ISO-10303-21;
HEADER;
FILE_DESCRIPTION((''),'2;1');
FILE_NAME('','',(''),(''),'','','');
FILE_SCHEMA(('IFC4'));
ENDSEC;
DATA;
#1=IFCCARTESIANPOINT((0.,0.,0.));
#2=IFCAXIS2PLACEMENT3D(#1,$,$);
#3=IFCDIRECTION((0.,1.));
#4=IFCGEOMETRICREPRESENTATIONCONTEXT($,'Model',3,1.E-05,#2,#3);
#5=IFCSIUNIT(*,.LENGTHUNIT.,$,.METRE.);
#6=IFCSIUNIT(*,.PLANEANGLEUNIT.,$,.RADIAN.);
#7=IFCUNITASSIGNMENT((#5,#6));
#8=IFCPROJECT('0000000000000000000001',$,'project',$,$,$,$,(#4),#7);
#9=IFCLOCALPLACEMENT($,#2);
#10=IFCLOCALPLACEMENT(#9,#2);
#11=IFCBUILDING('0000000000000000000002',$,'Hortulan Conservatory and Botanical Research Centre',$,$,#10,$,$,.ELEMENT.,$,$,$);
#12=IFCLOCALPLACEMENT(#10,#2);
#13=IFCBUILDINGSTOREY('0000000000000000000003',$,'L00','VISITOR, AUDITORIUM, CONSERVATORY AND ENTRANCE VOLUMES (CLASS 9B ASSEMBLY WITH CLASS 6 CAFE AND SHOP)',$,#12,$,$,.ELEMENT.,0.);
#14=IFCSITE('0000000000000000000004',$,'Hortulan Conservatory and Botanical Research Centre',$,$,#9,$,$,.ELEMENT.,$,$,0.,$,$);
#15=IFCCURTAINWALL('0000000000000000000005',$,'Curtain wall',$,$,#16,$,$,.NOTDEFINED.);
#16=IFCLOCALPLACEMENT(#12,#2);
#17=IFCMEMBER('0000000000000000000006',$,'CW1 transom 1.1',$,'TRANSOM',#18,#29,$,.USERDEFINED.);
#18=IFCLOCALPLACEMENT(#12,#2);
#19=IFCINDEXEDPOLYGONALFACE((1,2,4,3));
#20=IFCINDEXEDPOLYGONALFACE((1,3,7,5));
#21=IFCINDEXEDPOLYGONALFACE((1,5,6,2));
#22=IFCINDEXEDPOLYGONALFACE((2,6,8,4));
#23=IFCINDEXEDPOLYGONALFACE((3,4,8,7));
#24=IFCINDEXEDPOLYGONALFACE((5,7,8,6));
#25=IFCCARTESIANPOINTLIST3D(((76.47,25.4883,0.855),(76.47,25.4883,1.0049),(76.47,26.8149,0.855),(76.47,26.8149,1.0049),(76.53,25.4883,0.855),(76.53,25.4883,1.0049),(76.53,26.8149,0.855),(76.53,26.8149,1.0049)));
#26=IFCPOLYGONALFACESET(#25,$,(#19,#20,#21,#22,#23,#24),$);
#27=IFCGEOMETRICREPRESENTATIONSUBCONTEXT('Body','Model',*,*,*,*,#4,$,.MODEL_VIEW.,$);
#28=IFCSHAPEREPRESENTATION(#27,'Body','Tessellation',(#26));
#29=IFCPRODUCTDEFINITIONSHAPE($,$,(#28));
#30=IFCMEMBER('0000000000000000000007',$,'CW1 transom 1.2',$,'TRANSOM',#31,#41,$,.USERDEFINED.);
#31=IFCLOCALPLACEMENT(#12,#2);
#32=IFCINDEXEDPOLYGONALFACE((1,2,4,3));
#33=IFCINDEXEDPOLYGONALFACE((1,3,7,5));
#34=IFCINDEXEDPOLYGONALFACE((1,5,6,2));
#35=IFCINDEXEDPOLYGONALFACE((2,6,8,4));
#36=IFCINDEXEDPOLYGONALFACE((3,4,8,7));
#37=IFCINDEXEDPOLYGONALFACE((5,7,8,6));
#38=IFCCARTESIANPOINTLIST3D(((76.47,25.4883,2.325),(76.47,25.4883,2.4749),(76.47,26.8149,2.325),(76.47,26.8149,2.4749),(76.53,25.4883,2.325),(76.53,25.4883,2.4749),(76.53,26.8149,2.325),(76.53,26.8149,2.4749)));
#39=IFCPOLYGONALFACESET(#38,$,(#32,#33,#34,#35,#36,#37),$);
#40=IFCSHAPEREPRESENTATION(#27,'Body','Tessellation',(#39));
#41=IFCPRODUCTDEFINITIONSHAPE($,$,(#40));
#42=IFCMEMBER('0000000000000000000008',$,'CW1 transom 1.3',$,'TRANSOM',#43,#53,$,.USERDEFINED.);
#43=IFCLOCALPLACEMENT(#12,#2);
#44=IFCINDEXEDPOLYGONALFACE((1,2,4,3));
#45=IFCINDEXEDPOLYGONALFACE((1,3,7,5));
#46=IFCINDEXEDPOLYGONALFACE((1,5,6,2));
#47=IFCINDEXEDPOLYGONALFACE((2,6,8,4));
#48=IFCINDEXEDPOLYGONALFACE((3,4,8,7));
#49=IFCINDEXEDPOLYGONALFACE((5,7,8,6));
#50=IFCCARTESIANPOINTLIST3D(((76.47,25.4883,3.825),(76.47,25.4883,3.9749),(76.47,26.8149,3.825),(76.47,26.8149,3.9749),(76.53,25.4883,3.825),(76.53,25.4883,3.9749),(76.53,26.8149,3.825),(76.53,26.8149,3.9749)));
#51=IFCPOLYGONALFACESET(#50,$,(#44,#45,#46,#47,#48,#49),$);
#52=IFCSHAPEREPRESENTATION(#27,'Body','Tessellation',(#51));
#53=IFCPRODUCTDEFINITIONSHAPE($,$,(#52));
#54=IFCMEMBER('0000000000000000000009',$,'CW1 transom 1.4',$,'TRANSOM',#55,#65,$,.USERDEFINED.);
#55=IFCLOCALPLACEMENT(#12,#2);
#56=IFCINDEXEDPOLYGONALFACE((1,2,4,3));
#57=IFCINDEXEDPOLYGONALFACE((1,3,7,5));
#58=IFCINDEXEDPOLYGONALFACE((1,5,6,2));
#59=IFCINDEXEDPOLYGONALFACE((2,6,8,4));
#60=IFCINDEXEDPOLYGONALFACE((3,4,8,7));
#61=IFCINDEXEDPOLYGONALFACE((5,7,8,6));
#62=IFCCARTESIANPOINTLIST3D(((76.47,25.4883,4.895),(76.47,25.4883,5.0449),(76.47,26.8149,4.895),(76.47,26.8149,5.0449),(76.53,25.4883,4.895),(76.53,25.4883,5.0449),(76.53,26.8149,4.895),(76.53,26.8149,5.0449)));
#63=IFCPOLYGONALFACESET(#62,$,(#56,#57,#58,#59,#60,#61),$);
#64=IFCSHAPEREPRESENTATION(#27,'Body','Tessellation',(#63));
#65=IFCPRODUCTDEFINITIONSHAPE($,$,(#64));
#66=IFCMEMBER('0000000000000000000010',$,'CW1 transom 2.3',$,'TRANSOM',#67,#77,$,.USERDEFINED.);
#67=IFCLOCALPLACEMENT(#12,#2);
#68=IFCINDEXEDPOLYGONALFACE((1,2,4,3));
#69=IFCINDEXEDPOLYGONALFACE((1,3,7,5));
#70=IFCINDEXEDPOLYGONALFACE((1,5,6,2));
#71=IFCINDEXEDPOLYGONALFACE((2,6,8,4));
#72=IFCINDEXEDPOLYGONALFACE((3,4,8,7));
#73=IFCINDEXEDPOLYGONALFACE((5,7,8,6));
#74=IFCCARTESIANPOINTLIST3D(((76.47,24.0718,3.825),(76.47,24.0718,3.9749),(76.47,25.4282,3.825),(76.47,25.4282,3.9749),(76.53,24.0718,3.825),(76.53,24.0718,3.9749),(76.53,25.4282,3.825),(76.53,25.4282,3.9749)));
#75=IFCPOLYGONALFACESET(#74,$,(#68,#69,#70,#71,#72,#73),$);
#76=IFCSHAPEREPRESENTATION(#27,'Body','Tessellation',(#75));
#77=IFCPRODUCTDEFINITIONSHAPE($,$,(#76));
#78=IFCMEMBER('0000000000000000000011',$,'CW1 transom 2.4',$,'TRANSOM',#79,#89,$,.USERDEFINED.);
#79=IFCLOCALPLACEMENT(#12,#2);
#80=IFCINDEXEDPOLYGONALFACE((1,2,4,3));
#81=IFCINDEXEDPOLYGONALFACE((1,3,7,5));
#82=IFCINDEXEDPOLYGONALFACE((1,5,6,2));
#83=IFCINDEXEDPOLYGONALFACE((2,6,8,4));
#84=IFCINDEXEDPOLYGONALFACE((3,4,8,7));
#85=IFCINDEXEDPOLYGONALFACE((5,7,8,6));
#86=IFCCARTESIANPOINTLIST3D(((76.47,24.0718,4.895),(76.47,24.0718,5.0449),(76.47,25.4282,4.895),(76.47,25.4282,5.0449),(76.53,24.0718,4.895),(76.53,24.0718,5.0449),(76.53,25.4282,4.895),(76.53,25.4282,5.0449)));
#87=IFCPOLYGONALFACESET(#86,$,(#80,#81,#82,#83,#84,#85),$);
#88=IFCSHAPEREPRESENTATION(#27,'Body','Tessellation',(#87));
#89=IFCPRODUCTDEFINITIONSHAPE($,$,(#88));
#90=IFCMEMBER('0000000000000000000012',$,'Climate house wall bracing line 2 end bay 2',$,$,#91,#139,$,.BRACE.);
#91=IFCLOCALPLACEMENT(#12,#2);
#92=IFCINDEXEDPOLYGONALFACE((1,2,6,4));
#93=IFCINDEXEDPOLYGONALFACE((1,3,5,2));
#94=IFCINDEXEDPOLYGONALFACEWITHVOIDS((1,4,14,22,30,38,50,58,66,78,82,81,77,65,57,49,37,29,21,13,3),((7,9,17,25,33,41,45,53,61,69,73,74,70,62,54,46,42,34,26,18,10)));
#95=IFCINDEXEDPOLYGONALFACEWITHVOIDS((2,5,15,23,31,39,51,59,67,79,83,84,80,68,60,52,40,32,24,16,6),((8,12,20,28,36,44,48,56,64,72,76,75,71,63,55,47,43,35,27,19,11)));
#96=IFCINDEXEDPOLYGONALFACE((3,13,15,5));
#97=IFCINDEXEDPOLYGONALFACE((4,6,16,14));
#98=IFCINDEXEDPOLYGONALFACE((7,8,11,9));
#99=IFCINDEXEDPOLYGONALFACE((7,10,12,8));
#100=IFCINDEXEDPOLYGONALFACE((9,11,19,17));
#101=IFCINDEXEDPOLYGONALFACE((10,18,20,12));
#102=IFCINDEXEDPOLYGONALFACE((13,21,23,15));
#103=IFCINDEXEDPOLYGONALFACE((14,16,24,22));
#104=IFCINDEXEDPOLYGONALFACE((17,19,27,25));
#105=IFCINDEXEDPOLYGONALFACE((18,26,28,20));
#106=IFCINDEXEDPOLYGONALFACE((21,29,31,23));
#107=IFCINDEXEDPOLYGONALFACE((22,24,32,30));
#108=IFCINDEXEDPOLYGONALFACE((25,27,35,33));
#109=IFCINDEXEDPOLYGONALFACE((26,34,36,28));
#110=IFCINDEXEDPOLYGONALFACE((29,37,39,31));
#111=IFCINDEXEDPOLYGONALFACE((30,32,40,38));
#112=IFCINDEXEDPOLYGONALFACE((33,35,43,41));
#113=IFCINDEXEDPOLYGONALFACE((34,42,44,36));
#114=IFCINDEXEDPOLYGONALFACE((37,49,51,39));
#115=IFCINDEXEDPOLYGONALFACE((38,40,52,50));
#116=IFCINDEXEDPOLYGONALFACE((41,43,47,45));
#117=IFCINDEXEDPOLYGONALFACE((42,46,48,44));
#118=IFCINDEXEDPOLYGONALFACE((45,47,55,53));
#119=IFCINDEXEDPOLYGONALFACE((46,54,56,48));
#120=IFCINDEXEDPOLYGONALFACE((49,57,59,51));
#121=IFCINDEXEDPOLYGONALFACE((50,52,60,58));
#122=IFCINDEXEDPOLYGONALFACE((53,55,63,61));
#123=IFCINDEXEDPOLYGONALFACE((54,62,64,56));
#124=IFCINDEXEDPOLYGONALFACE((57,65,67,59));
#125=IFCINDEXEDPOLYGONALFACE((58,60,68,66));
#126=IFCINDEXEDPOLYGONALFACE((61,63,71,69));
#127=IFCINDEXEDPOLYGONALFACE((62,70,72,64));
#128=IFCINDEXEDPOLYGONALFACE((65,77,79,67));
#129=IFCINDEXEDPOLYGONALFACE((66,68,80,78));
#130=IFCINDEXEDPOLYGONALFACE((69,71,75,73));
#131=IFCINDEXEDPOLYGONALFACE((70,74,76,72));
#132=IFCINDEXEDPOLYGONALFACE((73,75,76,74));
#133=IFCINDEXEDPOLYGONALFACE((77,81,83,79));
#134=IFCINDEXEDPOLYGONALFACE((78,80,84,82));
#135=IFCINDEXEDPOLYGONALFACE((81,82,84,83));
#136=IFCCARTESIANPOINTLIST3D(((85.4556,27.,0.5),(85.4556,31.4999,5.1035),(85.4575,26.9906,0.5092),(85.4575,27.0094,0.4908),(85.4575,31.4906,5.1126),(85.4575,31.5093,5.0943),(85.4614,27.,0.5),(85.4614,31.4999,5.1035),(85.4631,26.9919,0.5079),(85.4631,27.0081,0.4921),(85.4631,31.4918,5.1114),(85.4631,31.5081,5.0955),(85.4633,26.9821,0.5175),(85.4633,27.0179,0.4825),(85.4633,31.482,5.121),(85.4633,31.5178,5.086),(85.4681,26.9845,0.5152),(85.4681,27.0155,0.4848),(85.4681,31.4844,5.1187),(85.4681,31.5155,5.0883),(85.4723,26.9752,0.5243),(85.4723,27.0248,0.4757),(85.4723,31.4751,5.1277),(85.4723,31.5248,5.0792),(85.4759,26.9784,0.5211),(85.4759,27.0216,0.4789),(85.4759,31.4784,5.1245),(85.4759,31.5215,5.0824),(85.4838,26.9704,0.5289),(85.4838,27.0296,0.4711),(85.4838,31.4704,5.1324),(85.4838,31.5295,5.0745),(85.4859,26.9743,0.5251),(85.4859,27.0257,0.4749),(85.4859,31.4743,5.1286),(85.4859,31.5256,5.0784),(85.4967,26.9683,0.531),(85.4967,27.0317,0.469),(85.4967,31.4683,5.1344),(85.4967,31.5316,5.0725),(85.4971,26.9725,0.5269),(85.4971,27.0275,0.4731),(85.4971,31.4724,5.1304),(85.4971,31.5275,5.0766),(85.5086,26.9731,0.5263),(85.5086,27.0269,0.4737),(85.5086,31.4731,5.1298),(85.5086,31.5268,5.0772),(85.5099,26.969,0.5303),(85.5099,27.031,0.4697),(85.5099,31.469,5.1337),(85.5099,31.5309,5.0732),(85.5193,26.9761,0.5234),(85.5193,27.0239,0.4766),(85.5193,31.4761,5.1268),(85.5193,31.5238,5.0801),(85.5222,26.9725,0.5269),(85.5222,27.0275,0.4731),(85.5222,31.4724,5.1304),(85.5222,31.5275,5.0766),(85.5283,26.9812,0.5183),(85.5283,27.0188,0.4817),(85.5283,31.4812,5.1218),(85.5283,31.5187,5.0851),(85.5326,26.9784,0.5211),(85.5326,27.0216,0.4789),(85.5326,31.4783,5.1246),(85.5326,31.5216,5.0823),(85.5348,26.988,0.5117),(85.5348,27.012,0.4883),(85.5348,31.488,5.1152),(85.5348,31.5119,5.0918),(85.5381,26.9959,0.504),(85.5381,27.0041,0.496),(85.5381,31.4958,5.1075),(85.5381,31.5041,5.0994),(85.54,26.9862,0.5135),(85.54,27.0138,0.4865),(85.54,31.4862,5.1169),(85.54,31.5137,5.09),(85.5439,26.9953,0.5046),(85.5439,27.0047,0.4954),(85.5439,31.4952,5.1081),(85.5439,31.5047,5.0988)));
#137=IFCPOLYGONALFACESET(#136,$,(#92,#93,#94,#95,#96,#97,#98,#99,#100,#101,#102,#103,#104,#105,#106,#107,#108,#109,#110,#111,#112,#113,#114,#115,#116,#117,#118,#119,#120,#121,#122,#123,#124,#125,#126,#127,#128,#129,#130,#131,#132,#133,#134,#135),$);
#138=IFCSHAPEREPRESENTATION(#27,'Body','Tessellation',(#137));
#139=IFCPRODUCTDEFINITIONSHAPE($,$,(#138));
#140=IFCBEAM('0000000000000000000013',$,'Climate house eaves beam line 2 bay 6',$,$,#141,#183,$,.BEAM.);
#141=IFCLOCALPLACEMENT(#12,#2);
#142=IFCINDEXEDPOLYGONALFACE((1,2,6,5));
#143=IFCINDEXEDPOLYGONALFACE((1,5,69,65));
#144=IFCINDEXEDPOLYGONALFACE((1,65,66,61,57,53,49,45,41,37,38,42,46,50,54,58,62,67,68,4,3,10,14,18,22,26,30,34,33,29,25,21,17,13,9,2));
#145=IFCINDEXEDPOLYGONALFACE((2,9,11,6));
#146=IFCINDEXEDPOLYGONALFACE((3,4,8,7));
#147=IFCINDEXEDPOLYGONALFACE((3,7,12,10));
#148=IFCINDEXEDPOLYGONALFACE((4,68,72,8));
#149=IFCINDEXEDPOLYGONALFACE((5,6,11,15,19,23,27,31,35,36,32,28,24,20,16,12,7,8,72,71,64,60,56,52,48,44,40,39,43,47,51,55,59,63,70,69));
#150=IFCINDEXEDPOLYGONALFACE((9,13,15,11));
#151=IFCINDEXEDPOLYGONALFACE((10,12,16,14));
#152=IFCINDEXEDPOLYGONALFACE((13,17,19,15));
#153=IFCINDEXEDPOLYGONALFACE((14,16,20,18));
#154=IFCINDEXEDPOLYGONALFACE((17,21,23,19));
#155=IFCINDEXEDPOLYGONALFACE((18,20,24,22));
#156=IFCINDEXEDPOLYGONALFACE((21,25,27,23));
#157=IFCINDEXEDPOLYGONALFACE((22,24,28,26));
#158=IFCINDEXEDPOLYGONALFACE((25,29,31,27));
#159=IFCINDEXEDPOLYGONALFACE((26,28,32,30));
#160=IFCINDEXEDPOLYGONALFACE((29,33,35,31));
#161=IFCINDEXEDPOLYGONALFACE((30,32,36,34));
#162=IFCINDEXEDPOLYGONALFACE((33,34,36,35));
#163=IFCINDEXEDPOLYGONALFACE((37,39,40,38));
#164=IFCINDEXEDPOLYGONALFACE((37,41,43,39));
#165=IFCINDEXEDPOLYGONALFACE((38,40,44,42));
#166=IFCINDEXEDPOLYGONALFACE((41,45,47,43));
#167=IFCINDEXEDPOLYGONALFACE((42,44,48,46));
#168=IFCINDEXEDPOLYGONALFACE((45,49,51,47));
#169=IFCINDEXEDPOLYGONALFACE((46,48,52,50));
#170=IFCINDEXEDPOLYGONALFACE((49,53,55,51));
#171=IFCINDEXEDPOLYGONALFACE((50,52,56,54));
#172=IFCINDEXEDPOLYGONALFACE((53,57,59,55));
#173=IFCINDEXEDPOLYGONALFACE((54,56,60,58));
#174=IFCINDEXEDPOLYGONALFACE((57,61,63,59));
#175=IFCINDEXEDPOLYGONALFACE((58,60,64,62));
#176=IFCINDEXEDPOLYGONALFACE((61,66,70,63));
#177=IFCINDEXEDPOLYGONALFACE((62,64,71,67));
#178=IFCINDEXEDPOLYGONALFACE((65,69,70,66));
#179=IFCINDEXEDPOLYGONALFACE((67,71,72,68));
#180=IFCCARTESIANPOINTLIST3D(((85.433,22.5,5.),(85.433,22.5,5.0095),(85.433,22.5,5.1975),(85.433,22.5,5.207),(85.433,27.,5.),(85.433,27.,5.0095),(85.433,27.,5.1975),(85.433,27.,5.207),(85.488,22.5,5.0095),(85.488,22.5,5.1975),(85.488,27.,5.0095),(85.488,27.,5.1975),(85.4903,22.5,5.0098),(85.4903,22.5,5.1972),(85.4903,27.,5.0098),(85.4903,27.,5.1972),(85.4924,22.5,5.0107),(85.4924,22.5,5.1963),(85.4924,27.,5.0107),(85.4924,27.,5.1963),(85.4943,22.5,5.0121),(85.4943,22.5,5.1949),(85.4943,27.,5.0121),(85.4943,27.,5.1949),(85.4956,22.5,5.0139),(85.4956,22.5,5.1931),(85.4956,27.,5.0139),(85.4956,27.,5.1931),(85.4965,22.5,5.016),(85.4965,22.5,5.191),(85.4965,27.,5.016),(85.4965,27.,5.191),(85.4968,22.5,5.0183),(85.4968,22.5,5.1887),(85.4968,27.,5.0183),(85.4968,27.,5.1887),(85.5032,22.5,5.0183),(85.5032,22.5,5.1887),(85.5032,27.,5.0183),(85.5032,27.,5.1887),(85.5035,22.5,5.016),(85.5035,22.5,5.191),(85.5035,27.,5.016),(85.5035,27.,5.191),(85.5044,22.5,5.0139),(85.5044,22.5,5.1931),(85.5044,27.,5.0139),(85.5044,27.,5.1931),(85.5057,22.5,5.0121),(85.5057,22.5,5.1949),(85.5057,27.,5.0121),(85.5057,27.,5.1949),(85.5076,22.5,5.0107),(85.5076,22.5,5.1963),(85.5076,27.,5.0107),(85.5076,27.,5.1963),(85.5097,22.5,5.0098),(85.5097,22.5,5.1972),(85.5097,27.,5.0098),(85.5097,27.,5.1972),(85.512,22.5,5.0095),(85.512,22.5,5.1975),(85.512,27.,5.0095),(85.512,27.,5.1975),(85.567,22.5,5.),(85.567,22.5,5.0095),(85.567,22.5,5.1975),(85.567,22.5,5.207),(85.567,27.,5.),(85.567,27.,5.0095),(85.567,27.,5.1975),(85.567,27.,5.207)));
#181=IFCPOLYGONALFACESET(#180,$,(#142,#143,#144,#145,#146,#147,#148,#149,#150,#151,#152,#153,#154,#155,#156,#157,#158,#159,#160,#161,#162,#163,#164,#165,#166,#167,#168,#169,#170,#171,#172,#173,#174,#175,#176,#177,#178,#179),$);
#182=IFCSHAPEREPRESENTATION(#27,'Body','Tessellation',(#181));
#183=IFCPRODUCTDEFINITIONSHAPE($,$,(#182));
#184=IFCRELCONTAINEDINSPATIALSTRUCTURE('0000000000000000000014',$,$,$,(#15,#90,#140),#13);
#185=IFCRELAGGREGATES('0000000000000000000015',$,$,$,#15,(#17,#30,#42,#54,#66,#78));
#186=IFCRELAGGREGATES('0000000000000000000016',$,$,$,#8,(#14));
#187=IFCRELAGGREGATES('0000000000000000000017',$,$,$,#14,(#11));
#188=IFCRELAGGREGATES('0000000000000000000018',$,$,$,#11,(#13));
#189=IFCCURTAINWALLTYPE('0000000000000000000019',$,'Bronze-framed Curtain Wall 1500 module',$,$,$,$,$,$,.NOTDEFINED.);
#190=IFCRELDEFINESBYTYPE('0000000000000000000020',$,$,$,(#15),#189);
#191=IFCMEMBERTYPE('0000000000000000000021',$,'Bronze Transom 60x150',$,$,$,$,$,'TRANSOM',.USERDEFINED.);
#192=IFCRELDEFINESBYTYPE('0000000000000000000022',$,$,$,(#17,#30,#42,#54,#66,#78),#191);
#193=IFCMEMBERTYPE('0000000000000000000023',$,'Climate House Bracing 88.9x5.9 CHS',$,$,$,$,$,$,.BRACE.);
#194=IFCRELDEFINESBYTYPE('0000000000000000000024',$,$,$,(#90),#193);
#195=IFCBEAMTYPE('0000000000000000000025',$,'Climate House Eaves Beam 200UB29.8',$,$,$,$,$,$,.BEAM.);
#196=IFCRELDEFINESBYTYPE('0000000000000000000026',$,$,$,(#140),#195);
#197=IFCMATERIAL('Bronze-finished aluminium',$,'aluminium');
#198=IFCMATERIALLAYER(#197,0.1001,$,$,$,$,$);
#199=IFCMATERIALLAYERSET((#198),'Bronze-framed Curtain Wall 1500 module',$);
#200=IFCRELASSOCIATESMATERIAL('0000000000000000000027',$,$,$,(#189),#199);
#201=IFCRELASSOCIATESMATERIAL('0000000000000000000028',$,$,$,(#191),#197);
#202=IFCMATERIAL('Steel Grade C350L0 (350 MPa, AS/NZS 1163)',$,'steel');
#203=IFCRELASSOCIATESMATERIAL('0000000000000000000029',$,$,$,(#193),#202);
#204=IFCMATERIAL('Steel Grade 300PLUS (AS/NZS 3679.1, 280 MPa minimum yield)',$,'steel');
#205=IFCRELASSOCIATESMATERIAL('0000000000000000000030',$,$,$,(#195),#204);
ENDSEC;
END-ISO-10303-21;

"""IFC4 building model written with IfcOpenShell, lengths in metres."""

from ifc_helpers import new_model, si_unit, direction, frame, origin, origin_2d, place, context, subcontext, project, spatial, rectangle, hollow_circle, i_section, extrude, material, layer, layer_set, material_profile, profile_set, type_object, element, aggregate, save


model = new_model("IFC4")

# Units and contexts
model_context = context("Model", 3, precision=1e-05, world=origin(), true_north=direction((0.0, 1.0)))
body_context = subcontext(model_context, "Body", "Model", "MODEL_VIEW")
ifc_project = project(units=[si_unit("LENGTHUNIT", "METRE"), si_unit("PLANEANGLEUNIT", "RADIAN")], contexts=[model_context])

# Site, building, storey
site_placement = place(None, origin())
site = spatial("IfcSite", under=ifc_project, at=site_placement, Name="Hortulan Conservatory and Botanical Research Centre", CompositionType="ELEMENT", RefElevation=0.0)
building_placement = place(site_placement, origin())
building = spatial("IfcBuilding", under=site, at=building_placement, Name="Hortulan Conservatory and Botanical Research Centre", CompositionType="ELEMENT")
storey_placement = place(building_placement, origin())
storey = spatial("IfcBuildingStorey", under=building, at=storey_placement, Name="L00", Description="VISITOR, AUDITORIUM, CONSERVATORY AND ENTRANCE VOLUMES (CLASS 9B ASSEMBLY WITH CLASS 6 CAFE AND SHOP)", CompositionType="ELEMENT", Elevation=0.0)

# Shared definitions
ifc_material_1 = material(Name="Steel Grade 300PLUS (AS/NZS 3679.1, 280 MPa minimum yield)", Category="steel")

# Curtain wall, members
ifc_material_2 = material(Name="Bronze-finished aluminium", Category="aluminium")
ifc_layer_1 = layer(ifc_material_2, 0.1001)
ifc_layer_set_1 = layer_set([ifc_layer_1], Name="Bronze-framed Curtain Wall 1500 module")
curtain_wall_type = type_object("IfcCurtainWallType", Name="Bronze-framed Curtain Wall 1500 module", PredefinedType="NOTDEFINED", material=ifc_layer_set_1)
curtain_wall_placement = place(storey_placement, origin())
curtain_wall = element("IfcCurtainWall", 1, at=curtain_wall_placement, inside=storey, type_object=curtain_wall_type, Name="Curtain wall", PredefinedType="NOTDEFINED")
ifc_material_profile_1 = material_profile(ifc_material_2, rectangle(XDim=0.0601, YDim=0.1499, at=origin_2d()), Name="Bronze Transom 60x150")
ifc_profile_set_1 = profile_set([ifc_material_profile_1], Name="Bronze-finished aluminium")
member_type_1 = type_object("IfcMemberType", Name="Bronze Transom 60x150", ElementType="TRANSOM", PredefinedType="USERDEFINED", material=ifc_profile_set_1)
member_1_placement = place(storey_placement, frame((76.5, 26.8149, 0.9299), z_axis=(0.0, -1.0, 0.0), x_axis=(1.0, 0.0, 0.0)))
member_1 = element("IfcMember", 2, at=member_1_placement, type_object=member_type_1, Name="CW1 transom 1.1", ObjectType="TRANSOM", PredefinedType="USERDEFINED", context=body_context, shape_type="SweptSolid", body=[
    extrude(rectangle(XDim=0.0601, YDim=0.1499, at=origin_2d()), origin(), (0.0, 0.0, 1.0), 1.3267),
])
member_2_placement = place(storey_placement, frame((76.5, 26.8149, 2.3999), z_axis=(0.0, -1.0, 0.0), x_axis=(1.0, 0.0, 0.0)))
member_2 = element("IfcMember", 3, at=member_2_placement, type_object=member_type_1, Name="CW1 transom 1.2", ObjectType="TRANSOM", PredefinedType="USERDEFINED", context=body_context, shape_type="SweptSolid", body=[
    extrude(rectangle(XDim=0.0601, YDim=0.1499, at=origin_2d()), origin(), (0.0, 0.0, 1.0), 1.3267),
])
member_3_placement = place(storey_placement, frame((76.5, 26.8149, 3.8999), z_axis=(0.0, -1.0, 0.0), x_axis=(1.0, 0.0, 0.0)))
member_3 = element("IfcMember", 4, at=member_3_placement, type_object=member_type_1, Name="CW1 transom 1.3", ObjectType="TRANSOM", PredefinedType="USERDEFINED", context=body_context, shape_type="SweptSolid", body=[
    extrude(rectangle(XDim=0.0601, YDim=0.1499, at=origin_2d()), origin(), (0.0, 0.0, 1.0), 1.3267),
])
member_4_placement = place(storey_placement, frame((76.5, 26.8149, 4.97), z_axis=(0.0, -1.0, 0.0), x_axis=(1.0, 0.0, 0.0)))
member_4 = element("IfcMember", 5, at=member_4_placement, type_object=member_type_1, Name="CW1 transom 1.4", ObjectType="TRANSOM", PredefinedType="USERDEFINED", context=body_context, shape_type="SweptSolid", body=[
    extrude(rectangle(XDim=0.0601, YDim=0.1499, at=origin_2d()), origin(), (0.0, 0.0, 1.0), 1.3267),
])
member_5_placement = place(storey_placement, frame((76.5, 25.4282, 3.8999), z_axis=(0.0, -1.0, 0.0), x_axis=(1.0, 0.0, 0.0)))
member_5 = element("IfcMember", 6, at=member_5_placement, type_object=member_type_1, Name="CW1 transom 2.3", ObjectType="TRANSOM", PredefinedType="USERDEFINED", context=body_context, shape_type="SweptSolid", body=[
    extrude(rectangle(XDim=0.0601, YDim=0.1499, at=origin_2d()), origin(), (0.0, 0.0, 1.0), 1.3564),
])
member_6_placement = place(storey_placement, frame((76.5, 25.4282, 4.97), z_axis=(0.0, -1.0, 0.0), x_axis=(1.0, 0.0, 0.0)))
member_6 = element("IfcMember", 7, at=member_6_placement, type_object=member_type_1, Name="CW1 transom 2.4", ObjectType="TRANSOM", PredefinedType="USERDEFINED", context=body_context, shape_type="SweptSolid", body=[
    extrude(rectangle(XDim=0.0601, YDim=0.1499, at=origin_2d()), origin(), (0.0, 0.0, 1.0), 1.3564),
])

# Member
ifc_material_3 = material(Name="Steel Grade C350L0 (350 MPa, AS/NZS 1163)", Category="steel")
ifc_material_profile_2 = material_profile(ifc_material_3, hollow_circle(Radius=0.0444, WallThickness=0.0059, at=origin_2d()), Name="88.9x5.9CHS")
ifc_profile_set_2 = profile_set([ifc_material_profile_2], Name="Steel Grade C350L0 (350 MPa, AS/NZS 1163)")
member_type_2 = type_object("IfcMemberType", Name="Climate House Bracing 88.9x5.9 CHS", PredefinedType="BRACE", material=ifc_profile_set_2)
member_7_placement = place(storey_placement, frame((85.5, 27.0, 0.5), z_axis=(0.0, 0.699021, 0.715101), x_axis=(-1.0, 0.0, 0.0)))
element("IfcMember", 8, at=member_7_placement, inside=storey, type_object=member_type_2, Name="Climate house wall bracing line 2 end bay 2", PredefinedType="BRACE", context=body_context, shape_type="SweptSolid", body=[
    extrude(hollow_circle(Radius=0.0444, WallThickness=0.0059, at=origin_2d()), origin(), (0.0, 0.0, 1.0), 6.4375),
])

# Beam
ifc_material_profile_3 = material_profile(ifc_material_1, i_section(OverallWidth=0.134, OverallDepth=0.207, WebThickness=0.0063, FlangeThickness=0.0095, FilletRadius=0.0088, at=origin_2d()), Name="200UB29.8")
ifc_profile_set_3 = profile_set([ifc_material_profile_3], Name="Steel Grade 300PLUS (AS/NZS 3679.1, 280 MPa minimum yield)")
beam_type_1 = type_object("IfcBeamType", Name="Climate House Eaves Beam 200UB29.8", PredefinedType="BEAM", material=ifc_profile_set_3)
for number, where, z_axis, x_axis, name in (
    (9, (85.5, 22.5, 5.1035), (0.0, 1.0, 0.0), (-1.0, 0.0, 0.0), "Climate house eaves beam line 2 bay 6"),
):
    element("IfcBeam", number, at=place(storey_placement, frame(where, z_axis=z_axis, x_axis=x_axis)), inside=storey, type_object=beam_type_1, Name=name, PredefinedType="BEAM", context=body_context, shape_type="SweptSolid", body=[
        extrude(i_section(OverallWidth=0.134, OverallDepth=0.207, WebThickness=0.0063, FlangeThickness=0.0095, FilletRadius=0.0088, at=origin_2d()), origin(), (0.0, 0.0, 1.0), 4.5),
    ])

aggregate(curtain_wall, [member_1, member_2, member_3, member_4, member_5, member_6])

save(model, "model.ifc")
